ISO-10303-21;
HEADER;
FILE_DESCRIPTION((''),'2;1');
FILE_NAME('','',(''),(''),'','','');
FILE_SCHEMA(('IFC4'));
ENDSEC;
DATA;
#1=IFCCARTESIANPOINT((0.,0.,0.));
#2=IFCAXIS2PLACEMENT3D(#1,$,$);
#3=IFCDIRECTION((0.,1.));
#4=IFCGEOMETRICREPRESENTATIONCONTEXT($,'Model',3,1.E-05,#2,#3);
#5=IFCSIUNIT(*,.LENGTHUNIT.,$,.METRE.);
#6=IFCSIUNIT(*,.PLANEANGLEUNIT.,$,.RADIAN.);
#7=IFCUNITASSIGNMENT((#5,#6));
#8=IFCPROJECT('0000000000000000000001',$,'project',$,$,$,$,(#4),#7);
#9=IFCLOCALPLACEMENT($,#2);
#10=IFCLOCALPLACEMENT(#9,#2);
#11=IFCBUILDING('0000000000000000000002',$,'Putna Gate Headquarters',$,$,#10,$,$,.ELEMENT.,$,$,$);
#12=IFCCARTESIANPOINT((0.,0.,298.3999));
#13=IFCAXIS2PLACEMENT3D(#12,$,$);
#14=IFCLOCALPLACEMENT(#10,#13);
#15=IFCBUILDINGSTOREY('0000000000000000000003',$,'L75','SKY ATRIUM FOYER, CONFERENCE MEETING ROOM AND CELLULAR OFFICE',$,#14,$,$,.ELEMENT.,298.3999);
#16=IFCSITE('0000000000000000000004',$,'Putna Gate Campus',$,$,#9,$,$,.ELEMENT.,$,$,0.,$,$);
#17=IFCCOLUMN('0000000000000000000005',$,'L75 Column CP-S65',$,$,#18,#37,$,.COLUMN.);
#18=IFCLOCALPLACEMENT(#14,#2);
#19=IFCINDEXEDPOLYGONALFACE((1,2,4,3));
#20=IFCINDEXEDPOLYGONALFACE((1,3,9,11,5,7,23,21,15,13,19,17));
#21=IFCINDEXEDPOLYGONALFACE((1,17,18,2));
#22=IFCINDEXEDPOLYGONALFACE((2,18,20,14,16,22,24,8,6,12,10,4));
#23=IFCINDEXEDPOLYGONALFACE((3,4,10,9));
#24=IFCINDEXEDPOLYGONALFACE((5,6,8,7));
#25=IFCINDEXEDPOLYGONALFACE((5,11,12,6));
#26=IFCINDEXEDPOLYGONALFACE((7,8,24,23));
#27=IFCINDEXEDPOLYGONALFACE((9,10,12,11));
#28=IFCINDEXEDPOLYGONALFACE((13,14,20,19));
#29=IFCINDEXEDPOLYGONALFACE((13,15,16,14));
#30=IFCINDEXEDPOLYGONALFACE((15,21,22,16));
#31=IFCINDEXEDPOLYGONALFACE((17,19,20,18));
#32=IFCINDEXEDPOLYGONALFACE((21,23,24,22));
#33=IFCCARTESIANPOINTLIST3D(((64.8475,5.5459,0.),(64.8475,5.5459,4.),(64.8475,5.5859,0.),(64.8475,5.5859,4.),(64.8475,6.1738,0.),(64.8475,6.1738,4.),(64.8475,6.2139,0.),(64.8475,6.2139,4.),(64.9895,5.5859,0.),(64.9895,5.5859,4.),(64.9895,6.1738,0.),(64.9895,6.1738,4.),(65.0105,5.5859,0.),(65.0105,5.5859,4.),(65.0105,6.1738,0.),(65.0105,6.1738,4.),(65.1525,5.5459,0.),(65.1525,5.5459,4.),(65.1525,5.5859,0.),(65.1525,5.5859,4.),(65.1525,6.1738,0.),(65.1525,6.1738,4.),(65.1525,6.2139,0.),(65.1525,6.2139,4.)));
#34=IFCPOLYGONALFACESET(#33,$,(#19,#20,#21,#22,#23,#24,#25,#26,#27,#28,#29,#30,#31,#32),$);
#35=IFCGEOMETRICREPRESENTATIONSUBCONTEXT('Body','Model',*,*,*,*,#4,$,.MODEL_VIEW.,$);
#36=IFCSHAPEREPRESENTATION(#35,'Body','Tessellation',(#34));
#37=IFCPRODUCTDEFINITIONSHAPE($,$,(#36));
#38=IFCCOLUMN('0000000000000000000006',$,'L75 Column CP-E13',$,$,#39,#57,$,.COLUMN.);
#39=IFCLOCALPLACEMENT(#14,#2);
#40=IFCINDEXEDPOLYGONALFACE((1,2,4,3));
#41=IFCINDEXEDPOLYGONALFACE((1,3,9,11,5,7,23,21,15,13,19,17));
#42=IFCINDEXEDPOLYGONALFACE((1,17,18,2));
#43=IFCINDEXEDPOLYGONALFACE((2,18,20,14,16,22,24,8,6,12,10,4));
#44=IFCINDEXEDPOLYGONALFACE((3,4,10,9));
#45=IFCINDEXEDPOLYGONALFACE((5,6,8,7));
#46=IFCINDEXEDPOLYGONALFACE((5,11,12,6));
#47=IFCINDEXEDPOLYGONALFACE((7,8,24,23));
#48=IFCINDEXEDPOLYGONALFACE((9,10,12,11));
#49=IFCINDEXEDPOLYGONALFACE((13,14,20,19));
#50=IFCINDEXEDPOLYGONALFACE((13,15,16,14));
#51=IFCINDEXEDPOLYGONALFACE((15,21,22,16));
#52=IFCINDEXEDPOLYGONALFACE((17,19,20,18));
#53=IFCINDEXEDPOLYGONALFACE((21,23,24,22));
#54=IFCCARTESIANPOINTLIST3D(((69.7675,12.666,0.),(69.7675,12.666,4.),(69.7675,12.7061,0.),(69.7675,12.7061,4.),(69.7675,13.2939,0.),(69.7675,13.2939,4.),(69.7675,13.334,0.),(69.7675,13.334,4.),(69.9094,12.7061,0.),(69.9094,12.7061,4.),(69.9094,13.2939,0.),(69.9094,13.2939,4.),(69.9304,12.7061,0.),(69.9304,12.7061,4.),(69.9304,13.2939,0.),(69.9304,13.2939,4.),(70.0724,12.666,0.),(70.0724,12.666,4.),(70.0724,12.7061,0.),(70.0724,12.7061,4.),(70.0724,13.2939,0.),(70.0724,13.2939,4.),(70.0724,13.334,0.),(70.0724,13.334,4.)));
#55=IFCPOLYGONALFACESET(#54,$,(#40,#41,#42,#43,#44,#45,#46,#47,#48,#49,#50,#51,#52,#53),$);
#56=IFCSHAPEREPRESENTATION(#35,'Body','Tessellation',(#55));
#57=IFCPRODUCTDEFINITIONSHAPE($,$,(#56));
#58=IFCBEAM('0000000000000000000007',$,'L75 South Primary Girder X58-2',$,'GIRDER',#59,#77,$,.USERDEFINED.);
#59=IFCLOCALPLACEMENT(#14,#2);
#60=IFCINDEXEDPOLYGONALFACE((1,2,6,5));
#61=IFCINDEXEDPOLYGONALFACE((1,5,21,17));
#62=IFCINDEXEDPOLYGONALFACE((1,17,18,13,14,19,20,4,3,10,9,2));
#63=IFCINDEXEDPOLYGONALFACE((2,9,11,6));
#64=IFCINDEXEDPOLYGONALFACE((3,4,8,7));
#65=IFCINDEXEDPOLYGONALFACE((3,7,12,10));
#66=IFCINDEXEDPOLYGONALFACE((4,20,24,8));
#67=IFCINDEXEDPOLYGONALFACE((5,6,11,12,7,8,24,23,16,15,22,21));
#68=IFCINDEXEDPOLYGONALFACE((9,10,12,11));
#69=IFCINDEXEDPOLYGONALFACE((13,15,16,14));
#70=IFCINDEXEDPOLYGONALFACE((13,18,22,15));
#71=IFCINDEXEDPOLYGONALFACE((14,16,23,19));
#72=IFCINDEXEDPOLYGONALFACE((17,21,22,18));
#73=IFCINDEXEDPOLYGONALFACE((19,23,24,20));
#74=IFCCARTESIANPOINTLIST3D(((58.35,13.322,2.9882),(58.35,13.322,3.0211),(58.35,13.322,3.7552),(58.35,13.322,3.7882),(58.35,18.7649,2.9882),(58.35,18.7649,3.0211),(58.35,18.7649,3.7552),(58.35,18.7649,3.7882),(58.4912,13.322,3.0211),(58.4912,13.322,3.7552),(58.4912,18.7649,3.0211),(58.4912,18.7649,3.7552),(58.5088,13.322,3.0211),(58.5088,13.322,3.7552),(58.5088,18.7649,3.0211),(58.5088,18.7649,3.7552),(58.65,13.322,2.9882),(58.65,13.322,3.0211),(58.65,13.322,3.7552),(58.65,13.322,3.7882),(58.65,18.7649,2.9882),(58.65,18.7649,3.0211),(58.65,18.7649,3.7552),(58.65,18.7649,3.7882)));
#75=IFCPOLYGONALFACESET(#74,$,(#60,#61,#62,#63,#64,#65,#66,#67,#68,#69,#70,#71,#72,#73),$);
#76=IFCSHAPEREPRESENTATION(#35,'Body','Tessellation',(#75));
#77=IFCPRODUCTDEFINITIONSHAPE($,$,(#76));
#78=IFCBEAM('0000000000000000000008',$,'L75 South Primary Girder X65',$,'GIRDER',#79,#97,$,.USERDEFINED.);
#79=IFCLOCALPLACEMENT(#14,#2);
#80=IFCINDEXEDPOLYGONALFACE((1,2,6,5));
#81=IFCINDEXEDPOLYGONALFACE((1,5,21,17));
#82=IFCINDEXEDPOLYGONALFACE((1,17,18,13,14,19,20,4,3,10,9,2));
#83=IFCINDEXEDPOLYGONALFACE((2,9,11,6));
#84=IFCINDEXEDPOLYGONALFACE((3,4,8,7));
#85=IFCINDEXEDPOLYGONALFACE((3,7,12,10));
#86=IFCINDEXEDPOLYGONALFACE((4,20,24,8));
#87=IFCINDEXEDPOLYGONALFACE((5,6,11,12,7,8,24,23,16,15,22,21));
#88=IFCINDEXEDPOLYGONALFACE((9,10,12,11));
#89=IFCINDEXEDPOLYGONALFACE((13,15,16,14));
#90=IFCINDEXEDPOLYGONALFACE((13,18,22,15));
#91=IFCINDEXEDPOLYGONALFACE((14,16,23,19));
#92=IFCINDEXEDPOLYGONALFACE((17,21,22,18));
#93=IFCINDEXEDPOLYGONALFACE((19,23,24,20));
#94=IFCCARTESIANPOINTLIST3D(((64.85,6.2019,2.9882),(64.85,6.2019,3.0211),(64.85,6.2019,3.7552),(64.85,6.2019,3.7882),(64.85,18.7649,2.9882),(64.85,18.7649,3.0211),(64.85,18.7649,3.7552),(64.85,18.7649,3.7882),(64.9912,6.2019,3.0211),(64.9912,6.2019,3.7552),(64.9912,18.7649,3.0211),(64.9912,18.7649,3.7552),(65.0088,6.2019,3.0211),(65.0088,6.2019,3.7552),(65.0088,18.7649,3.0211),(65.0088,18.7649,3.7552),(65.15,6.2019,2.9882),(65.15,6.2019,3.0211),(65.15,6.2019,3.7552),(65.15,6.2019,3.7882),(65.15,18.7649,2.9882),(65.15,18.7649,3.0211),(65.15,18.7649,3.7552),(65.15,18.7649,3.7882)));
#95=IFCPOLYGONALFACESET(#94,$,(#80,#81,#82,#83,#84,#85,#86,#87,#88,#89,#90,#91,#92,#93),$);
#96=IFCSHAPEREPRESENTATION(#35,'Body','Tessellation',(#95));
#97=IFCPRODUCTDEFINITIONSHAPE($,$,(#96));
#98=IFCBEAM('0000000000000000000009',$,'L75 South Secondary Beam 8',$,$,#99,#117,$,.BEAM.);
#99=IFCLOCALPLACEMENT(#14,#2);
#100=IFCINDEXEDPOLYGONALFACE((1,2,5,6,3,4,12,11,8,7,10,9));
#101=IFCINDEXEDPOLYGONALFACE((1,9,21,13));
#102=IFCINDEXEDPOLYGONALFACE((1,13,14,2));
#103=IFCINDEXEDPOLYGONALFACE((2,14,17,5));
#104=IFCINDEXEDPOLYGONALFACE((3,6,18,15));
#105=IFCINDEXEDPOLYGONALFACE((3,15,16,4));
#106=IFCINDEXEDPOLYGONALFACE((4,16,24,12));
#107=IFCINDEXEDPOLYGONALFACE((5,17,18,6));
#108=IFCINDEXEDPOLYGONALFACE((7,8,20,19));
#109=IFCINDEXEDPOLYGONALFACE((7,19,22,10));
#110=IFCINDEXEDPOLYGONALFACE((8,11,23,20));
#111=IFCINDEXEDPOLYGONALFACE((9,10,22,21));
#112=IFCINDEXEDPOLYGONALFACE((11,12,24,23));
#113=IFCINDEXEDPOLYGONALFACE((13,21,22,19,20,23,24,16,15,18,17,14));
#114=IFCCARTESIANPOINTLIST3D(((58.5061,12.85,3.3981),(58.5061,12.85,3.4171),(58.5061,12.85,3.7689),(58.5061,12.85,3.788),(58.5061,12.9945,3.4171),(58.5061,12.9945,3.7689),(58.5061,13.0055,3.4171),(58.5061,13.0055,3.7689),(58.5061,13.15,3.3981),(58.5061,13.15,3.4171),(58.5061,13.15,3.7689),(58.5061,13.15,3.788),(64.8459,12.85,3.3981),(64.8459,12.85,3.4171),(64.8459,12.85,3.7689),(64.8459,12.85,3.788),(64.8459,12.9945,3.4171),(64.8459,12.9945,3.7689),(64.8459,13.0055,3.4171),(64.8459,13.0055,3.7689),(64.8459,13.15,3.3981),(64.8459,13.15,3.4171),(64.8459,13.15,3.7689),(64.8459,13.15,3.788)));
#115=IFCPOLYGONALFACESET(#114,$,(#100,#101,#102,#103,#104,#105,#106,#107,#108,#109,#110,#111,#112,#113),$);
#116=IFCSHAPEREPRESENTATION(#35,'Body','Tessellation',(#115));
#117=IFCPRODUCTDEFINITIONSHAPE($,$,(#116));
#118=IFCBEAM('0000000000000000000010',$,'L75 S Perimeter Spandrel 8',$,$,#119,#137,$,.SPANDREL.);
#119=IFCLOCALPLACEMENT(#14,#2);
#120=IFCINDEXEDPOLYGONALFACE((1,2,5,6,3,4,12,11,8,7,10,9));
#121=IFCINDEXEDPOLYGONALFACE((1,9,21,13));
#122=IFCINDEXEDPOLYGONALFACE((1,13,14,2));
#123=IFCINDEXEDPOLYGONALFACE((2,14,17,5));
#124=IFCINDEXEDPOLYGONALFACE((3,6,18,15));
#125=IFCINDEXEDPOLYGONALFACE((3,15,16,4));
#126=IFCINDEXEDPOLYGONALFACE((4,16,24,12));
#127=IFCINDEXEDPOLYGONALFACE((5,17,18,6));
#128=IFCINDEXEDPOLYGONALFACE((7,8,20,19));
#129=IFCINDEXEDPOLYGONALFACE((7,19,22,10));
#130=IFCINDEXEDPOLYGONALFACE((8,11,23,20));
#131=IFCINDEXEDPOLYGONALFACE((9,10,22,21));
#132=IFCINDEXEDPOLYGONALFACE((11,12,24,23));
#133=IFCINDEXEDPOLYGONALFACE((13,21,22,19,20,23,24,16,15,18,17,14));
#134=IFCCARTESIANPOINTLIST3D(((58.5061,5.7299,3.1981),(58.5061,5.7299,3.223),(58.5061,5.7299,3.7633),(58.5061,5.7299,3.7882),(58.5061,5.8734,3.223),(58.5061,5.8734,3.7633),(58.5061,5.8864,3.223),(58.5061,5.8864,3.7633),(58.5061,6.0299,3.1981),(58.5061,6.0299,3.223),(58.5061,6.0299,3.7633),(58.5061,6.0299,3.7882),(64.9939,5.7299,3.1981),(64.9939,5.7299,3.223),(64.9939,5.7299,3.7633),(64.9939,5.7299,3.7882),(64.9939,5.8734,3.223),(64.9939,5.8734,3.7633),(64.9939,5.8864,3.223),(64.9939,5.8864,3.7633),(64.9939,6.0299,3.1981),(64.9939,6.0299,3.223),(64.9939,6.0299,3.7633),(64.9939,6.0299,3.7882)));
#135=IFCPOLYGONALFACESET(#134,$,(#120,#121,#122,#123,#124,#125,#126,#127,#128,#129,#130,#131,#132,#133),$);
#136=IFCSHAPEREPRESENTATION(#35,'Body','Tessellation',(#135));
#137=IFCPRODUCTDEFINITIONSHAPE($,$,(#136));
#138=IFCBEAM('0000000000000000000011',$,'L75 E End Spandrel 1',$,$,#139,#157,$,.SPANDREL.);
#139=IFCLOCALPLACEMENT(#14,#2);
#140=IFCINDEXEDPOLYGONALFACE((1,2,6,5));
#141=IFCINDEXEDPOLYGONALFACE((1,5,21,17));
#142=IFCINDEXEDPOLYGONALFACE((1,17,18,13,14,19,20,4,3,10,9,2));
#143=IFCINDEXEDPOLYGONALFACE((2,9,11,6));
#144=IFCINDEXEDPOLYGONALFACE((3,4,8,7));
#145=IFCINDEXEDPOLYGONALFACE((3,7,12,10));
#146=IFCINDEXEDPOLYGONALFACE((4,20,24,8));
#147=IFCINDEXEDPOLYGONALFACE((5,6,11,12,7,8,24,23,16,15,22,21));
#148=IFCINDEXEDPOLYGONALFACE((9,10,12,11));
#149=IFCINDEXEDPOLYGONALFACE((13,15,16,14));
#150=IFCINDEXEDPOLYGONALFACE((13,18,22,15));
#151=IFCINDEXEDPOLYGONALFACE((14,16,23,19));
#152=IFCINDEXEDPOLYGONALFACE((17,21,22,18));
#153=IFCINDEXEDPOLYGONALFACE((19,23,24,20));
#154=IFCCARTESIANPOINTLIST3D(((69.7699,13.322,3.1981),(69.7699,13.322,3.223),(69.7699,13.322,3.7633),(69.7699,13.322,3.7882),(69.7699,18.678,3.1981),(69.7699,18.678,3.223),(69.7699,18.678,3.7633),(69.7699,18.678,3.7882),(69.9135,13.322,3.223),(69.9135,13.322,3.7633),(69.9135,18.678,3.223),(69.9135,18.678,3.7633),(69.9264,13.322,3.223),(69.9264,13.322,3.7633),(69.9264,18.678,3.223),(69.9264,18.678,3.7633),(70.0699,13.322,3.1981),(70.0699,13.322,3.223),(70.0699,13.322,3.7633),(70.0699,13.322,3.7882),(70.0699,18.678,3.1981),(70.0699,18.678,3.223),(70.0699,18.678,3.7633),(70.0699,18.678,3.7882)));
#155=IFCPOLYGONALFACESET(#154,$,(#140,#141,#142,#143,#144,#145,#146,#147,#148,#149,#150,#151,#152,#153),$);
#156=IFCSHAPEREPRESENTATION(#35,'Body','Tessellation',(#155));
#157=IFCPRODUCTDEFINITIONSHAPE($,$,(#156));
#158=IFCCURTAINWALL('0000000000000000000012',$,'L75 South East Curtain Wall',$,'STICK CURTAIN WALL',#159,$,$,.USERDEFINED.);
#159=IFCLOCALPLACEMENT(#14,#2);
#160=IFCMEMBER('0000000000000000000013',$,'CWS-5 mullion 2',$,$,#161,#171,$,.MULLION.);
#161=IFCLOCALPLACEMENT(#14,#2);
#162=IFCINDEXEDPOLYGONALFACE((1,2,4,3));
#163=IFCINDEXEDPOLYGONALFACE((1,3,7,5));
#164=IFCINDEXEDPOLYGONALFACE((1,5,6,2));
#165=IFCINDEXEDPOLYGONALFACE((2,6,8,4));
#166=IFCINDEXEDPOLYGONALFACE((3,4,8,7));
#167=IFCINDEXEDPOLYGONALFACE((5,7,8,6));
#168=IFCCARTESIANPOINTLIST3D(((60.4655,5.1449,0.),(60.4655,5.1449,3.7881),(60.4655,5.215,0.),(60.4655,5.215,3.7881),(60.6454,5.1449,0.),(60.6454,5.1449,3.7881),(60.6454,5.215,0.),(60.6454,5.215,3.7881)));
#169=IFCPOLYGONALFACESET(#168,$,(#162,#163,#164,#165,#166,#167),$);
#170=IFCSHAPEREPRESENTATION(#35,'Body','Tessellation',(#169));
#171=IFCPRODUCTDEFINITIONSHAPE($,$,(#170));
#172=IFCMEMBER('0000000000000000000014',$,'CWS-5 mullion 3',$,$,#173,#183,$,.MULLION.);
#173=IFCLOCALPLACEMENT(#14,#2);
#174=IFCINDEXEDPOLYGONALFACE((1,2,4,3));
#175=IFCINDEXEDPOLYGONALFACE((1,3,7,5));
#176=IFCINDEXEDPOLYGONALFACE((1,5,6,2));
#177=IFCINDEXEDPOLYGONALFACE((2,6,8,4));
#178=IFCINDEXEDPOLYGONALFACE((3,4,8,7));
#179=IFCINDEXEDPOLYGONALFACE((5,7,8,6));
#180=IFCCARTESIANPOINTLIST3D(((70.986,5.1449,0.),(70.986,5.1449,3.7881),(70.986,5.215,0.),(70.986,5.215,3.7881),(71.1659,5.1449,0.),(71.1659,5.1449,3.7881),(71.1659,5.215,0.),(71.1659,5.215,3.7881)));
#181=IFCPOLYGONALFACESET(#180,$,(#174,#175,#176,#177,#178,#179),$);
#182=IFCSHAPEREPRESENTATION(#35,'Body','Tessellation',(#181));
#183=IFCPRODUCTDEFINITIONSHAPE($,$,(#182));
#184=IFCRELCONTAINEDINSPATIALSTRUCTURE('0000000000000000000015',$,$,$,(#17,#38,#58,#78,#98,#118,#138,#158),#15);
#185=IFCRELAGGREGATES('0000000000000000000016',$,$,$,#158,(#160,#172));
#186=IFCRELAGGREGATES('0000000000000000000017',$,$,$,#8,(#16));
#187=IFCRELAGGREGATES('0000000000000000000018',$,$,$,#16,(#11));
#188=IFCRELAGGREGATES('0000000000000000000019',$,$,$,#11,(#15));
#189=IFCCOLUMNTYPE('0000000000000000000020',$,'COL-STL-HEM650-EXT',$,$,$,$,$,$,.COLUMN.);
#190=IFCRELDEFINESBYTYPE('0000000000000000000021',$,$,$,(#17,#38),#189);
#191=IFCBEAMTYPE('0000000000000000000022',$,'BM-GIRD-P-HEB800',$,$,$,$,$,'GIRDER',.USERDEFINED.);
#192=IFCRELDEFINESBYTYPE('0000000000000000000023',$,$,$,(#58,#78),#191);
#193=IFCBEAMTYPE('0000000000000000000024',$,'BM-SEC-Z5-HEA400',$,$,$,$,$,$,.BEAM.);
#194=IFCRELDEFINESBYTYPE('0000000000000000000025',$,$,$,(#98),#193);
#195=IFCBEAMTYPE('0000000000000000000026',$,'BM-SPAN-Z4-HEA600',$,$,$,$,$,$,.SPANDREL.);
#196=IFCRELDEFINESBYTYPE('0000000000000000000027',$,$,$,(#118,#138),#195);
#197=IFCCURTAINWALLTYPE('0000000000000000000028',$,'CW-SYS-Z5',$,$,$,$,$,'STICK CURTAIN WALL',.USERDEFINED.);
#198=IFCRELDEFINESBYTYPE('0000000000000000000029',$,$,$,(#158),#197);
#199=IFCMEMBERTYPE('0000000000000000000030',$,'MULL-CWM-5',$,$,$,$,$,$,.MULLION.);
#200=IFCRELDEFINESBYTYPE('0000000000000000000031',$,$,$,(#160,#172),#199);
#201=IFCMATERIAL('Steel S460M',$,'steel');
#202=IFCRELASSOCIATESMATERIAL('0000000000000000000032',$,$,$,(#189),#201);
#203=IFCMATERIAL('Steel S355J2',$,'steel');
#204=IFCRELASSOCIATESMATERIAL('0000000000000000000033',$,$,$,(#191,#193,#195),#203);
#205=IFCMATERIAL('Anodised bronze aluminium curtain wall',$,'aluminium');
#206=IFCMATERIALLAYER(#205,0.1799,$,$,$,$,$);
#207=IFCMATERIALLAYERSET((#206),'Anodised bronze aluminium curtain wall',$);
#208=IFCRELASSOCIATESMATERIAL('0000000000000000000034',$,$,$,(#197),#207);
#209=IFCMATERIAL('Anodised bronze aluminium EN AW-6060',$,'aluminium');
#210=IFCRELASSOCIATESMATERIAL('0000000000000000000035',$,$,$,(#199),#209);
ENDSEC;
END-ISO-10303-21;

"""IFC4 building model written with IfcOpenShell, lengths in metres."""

from ifc_helpers import new_model, si_unit, direction, frame, origin, origin_2d, place, context, subcontext, project, spatial, rectangle, i_section, extrude, material, layer, layer_set, material_profile, profile_set, type_object, element, aggregate, save


model = new_model("IFC4")

# Units and contexts
model_context = context("Model", 3, precision=1e-05, world=origin(), true_north=direction((0.0, 1.0)))
body_context = subcontext(model_context, "Body", "Model", "MODEL_VIEW")
ifc_project = project(units=[si_unit("LENGTHUNIT", "METRE"), si_unit("PLANEANGLEUNIT", "RADIAN")], contexts=[model_context])

# Site, building, storey
site_placement = place(None, origin())
site = spatial("IfcSite", under=ifc_project, at=site_placement, Name="Putna Gate Campus", CompositionType="ELEMENT", RefElevation=0.0)
building_placement = place(site_placement, origin())
building = spatial("IfcBuilding", under=site, at=building_placement, Name="Putna Gate Headquarters", CompositionType="ELEMENT")
storey_placement = place(building_placement, frame((0.0, 0.0, 298.3999)))
storey = spatial("IfcBuildingStorey", under=building, at=storey_placement, Name="L75", Description="SKY ATRIUM FOYER, CONFERENCE MEETING ROOM AND CELLULAR OFFICE", CompositionType="ELEMENT", Elevation=298.3999)

# Columns
ifc_material_1 = material(Name="Steel S460M", Category="steel")
ifc_material_profile_1 = material_profile(ifc_material_1, i_section(OverallWidth=0.3049, OverallDepth=0.668, WebThickness=0.021, FlangeThickness=0.04, at=origin_2d()), Name="Steel S460M")
ifc_profile_set_1 = profile_set([ifc_material_profile_1], Name="Steel S460M")
column_type = type_object("IfcColumnType", Name="COL-STL-HEM650-EXT", PredefinedType="COLUMN", material=ifc_profile_set_1)
for number, where, z_axis, x_axis, name in (
    (1, (65.0, 5.8799, 0.0), (0.0, 0.0, 1.0), (1.0, 0.0, 0.0), "L75 Column CP-S65"),
    (2, (69.9199, 13.0, 0.0), (0.0, 0.0, 1.0), (1.0, 0.0, 0.0), "L75 Column CP-E13"),
):
    element("IfcColumn", number, at=place(storey_placement, frame(where, z_axis=z_axis, x_axis=x_axis)), inside=storey, type_object=column_type, Name=name, PredefinedType="COLUMN", context=body_context, shape_type="SweptSolid", body=[
        extrude(i_section(OverallWidth=0.3049, OverallDepth=0.668, WebThickness=0.021, FlangeThickness=0.04, at=origin_2d()), origin(), (0.0, 0.0, 1.0), 4.0),
    ])

# Beams
ifc_material_2 = material(Name="Steel S355J2", Category="steel")
ifc_material_profile_2 = material_profile(ifc_material_2, i_section(OverallWidth=0.3, OverallDepth=0.8, WebThickness=0.0176, FlangeThickness=0.033, at=origin_2d()), Name="Steel S355J2")
ifc_profile_set_2 = profile_set([ifc_material_profile_2], Name="Steel S355J2")
beam_type_1 = type_object("IfcBeamType", Name="BM-GIRD-P-HEB800", ElementType="GIRDER", PredefinedType="USERDEFINED", material=ifc_profile_set_2)
beam_1_placement = place(storey_placement, frame((58.5, 13.322, 3.3882), z_axis=(0.0, 1.0, 0.0), x_axis=(-1.0, 0.0, 0.0)))
element("IfcBeam", 3, at=beam_1_placement, inside=storey, type_object=beam_type_1, Name="L75 South Primary Girder X58-2", ObjectType="GIRDER", PredefinedType="USERDEFINED", context=body_context, shape_type="SweptSolid", body=[
    extrude(i_section(OverallWidth=0.3, OverallDepth=0.8, WebThickness=0.0176, FlangeThickness=0.033, at=origin_2d()), origin(), (0.0, 0.0, 1.0), 5.4429),
])
beam_2_placement = place(storey_placement, frame((65.0, 6.2019, 3.3882), z_axis=(0.0, 1.0, 0.0), x_axis=(-1.0, 0.0, 0.0)))
element("IfcBeam", 4, at=beam_2_placement, inside=storey, type_object=beam_type_1, Name="L75 South Primary Girder X65", ObjectType="GIRDER", PredefinedType="USERDEFINED", context=body_context, shape_type="SweptSolid", body=[
    extrude(i_section(OverallWidth=0.3, OverallDepth=0.8, WebThickness=0.0176, FlangeThickness=0.033, at=origin_2d()), origin(), (0.0, 0.0, 1.0), 12.563),
])
ifc_material_profile_3 = material_profile(ifc_material_2, i_section(OverallWidth=0.3, OverallDepth=0.3899, WebThickness=0.011, FlangeThickness=0.019, at=origin_2d()), Name="Steel S355J2")
ifc_profile_set_3 = profile_set([ifc_material_profile_3], Name="Steel S355J2")
beam_type_2 = type_object("IfcBeamType", Name="BM-SEC-Z5-HEA400", PredefinedType="BEAM", material=ifc_profile_set_3)
beam_3_placement = place(storey_placement, frame((58.5061, 13.0, 3.593), z_axis=(1.0, 0.0, 0.0), x_axis=(0.0, 1.0, 0.0)))
element("IfcBeam", 5, at=beam_3_placement, inside=storey, type_object=beam_type_2, Name="L75 South Secondary Beam 8", PredefinedType="BEAM", context=body_context, shape_type="SweptSolid", body=[
    extrude(i_section(OverallWidth=0.3, OverallDepth=0.3899, WebThickness=0.011, FlangeThickness=0.019, at=origin_2d()), origin(), (0.0, 0.0, 1.0), 6.3398),
])
ifc_material_profile_4 = material_profile(ifc_material_2, i_section(OverallWidth=0.3, OverallDepth=0.5901, WebThickness=0.0129, FlangeThickness=0.0249, at=origin_2d()), Name="Steel S355J2")
ifc_profile_set_4 = profile_set([ifc_material_profile_4], Name="Steel S355J2")
beam_type_3 = type_object("IfcBeamType", Name="BM-SPAN-Z4-HEA600", PredefinedType="SPANDREL", material=ifc_profile_set_4)
beam_4_placement = place(storey_placement, frame((58.5061, 5.8799, 3.4932), z_axis=(1.0, 0.0, 0.0), x_axis=(0.0, 1.0, 0.0)))
element("IfcBeam", 6, at=beam_4_placement, inside=storey, type_object=beam_type_3, Name="L75 S Perimeter Spandrel 8", PredefinedType="SPANDREL", context=body_context, shape_type="SweptSolid", body=[
    extrude(i_section(OverallWidth=0.3, OverallDepth=0.5901, WebThickness=0.0129, FlangeThickness=0.0249, at=origin_2d()), origin(), (0.0, 0.0, 1.0), 6.4878),
])
beam_5_placement = place(storey_placement, frame((69.9199, 13.322, 3.4932), z_axis=(0.0, 1.0, 0.0), x_axis=(-1.0, 0.0, 0.0)))
element("IfcBeam", 7, at=beam_5_placement, inside=storey, type_object=beam_type_3, Name="L75 E End Spandrel 1", PredefinedType="SPANDREL", context=body_context, shape_type="SweptSolid", body=[
    extrude(i_section(OverallWidth=0.3, OverallDepth=0.5901, WebThickness=0.0129, FlangeThickness=0.0249, at=origin_2d()), origin(), (0.0, 0.0, 1.0), 5.356),
])

# Curtain wall, members
ifc_material_3 = material(Name="Anodised bronze aluminium curtain wall", Category="aluminium")
ifc_layer_1 = layer(ifc_material_3, 0.1799)
ifc_layer_set_1 = layer_set([ifc_layer_1], Name="Anodised bronze aluminium curtain wall")
curtain_wall_type = type_object("IfcCurtainWallType", Name="CW-SYS-Z5", ElementType="STICK CURTAIN WALL", PredefinedType="USERDEFINED", material=ifc_layer_set_1)
curtain_wall_1_placement = place(storey_placement, origin())
curtain_wall_1 = element("IfcCurtainWall", 8, at=curtain_wall_1_placement, inside=storey, type_object=curtain_wall_type, Name="L75 South East Curtain Wall", ObjectType="STICK CURTAIN WALL", PredefinedType="USERDEFINED")
ifc_material_4 = material(Name="Anodised bronze aluminium EN AW-6060", Category="aluminium")
ifc_material_profile_5 = material_profile(ifc_material_4, rectangle(XDim=0.0701, YDim=0.1799, at=origin_2d()), Name="Anodised bronze aluminium EN AW-6060")
ifc_profile_set_5 = profile_set([ifc_material_profile_5], Name="Anodised bronze aluminium EN AW-6060")
member_type_1 = type_object("IfcMemberType", Name="MULL-CWM-5", PredefinedType="MULLION", material=ifc_profile_set_5)
member_1_placement = place(storey_placement, frame((60.5554, 5.1799, 0.0), z_axis=(0.0, 0.0, 1.0), x_axis=(0.0, 1.0, 0.0)))
member_1 = element("IfcMember", 9, at=member_1_placement, type_object=member_type_1, Name="CWS-5 mullion 2", PredefinedType="MULLION", context=body_context, shape_type="SweptSolid", body=[
    extrude(rectangle(XDim=0.0701, YDim=0.1799, at=origin_2d()), origin(), (0.0, 0.0, 1.0), 3.7881),
])
member_2_placement = place(storey_placement, frame((71.0759, 5.1799, 0.0), z_axis=(0.0, 0.0, 1.0), x_axis=(0.0, 1.0, 0.0)))
member_2 = element("IfcMember", 10, at=member_2_placement, type_object=member_type_1, Name="CWS-5 mullion 3", PredefinedType="MULLION", context=body_context, shape_type="SweptSolid", body=[
    extrude(rectangle(XDim=0.0701, YDim=0.1799, at=origin_2d()), origin(), (0.0, 0.0, 1.0), 3.7881),
])

aggregate(curtain_wall_1, [member_1, member_2])

save(model, "model.ifc")
